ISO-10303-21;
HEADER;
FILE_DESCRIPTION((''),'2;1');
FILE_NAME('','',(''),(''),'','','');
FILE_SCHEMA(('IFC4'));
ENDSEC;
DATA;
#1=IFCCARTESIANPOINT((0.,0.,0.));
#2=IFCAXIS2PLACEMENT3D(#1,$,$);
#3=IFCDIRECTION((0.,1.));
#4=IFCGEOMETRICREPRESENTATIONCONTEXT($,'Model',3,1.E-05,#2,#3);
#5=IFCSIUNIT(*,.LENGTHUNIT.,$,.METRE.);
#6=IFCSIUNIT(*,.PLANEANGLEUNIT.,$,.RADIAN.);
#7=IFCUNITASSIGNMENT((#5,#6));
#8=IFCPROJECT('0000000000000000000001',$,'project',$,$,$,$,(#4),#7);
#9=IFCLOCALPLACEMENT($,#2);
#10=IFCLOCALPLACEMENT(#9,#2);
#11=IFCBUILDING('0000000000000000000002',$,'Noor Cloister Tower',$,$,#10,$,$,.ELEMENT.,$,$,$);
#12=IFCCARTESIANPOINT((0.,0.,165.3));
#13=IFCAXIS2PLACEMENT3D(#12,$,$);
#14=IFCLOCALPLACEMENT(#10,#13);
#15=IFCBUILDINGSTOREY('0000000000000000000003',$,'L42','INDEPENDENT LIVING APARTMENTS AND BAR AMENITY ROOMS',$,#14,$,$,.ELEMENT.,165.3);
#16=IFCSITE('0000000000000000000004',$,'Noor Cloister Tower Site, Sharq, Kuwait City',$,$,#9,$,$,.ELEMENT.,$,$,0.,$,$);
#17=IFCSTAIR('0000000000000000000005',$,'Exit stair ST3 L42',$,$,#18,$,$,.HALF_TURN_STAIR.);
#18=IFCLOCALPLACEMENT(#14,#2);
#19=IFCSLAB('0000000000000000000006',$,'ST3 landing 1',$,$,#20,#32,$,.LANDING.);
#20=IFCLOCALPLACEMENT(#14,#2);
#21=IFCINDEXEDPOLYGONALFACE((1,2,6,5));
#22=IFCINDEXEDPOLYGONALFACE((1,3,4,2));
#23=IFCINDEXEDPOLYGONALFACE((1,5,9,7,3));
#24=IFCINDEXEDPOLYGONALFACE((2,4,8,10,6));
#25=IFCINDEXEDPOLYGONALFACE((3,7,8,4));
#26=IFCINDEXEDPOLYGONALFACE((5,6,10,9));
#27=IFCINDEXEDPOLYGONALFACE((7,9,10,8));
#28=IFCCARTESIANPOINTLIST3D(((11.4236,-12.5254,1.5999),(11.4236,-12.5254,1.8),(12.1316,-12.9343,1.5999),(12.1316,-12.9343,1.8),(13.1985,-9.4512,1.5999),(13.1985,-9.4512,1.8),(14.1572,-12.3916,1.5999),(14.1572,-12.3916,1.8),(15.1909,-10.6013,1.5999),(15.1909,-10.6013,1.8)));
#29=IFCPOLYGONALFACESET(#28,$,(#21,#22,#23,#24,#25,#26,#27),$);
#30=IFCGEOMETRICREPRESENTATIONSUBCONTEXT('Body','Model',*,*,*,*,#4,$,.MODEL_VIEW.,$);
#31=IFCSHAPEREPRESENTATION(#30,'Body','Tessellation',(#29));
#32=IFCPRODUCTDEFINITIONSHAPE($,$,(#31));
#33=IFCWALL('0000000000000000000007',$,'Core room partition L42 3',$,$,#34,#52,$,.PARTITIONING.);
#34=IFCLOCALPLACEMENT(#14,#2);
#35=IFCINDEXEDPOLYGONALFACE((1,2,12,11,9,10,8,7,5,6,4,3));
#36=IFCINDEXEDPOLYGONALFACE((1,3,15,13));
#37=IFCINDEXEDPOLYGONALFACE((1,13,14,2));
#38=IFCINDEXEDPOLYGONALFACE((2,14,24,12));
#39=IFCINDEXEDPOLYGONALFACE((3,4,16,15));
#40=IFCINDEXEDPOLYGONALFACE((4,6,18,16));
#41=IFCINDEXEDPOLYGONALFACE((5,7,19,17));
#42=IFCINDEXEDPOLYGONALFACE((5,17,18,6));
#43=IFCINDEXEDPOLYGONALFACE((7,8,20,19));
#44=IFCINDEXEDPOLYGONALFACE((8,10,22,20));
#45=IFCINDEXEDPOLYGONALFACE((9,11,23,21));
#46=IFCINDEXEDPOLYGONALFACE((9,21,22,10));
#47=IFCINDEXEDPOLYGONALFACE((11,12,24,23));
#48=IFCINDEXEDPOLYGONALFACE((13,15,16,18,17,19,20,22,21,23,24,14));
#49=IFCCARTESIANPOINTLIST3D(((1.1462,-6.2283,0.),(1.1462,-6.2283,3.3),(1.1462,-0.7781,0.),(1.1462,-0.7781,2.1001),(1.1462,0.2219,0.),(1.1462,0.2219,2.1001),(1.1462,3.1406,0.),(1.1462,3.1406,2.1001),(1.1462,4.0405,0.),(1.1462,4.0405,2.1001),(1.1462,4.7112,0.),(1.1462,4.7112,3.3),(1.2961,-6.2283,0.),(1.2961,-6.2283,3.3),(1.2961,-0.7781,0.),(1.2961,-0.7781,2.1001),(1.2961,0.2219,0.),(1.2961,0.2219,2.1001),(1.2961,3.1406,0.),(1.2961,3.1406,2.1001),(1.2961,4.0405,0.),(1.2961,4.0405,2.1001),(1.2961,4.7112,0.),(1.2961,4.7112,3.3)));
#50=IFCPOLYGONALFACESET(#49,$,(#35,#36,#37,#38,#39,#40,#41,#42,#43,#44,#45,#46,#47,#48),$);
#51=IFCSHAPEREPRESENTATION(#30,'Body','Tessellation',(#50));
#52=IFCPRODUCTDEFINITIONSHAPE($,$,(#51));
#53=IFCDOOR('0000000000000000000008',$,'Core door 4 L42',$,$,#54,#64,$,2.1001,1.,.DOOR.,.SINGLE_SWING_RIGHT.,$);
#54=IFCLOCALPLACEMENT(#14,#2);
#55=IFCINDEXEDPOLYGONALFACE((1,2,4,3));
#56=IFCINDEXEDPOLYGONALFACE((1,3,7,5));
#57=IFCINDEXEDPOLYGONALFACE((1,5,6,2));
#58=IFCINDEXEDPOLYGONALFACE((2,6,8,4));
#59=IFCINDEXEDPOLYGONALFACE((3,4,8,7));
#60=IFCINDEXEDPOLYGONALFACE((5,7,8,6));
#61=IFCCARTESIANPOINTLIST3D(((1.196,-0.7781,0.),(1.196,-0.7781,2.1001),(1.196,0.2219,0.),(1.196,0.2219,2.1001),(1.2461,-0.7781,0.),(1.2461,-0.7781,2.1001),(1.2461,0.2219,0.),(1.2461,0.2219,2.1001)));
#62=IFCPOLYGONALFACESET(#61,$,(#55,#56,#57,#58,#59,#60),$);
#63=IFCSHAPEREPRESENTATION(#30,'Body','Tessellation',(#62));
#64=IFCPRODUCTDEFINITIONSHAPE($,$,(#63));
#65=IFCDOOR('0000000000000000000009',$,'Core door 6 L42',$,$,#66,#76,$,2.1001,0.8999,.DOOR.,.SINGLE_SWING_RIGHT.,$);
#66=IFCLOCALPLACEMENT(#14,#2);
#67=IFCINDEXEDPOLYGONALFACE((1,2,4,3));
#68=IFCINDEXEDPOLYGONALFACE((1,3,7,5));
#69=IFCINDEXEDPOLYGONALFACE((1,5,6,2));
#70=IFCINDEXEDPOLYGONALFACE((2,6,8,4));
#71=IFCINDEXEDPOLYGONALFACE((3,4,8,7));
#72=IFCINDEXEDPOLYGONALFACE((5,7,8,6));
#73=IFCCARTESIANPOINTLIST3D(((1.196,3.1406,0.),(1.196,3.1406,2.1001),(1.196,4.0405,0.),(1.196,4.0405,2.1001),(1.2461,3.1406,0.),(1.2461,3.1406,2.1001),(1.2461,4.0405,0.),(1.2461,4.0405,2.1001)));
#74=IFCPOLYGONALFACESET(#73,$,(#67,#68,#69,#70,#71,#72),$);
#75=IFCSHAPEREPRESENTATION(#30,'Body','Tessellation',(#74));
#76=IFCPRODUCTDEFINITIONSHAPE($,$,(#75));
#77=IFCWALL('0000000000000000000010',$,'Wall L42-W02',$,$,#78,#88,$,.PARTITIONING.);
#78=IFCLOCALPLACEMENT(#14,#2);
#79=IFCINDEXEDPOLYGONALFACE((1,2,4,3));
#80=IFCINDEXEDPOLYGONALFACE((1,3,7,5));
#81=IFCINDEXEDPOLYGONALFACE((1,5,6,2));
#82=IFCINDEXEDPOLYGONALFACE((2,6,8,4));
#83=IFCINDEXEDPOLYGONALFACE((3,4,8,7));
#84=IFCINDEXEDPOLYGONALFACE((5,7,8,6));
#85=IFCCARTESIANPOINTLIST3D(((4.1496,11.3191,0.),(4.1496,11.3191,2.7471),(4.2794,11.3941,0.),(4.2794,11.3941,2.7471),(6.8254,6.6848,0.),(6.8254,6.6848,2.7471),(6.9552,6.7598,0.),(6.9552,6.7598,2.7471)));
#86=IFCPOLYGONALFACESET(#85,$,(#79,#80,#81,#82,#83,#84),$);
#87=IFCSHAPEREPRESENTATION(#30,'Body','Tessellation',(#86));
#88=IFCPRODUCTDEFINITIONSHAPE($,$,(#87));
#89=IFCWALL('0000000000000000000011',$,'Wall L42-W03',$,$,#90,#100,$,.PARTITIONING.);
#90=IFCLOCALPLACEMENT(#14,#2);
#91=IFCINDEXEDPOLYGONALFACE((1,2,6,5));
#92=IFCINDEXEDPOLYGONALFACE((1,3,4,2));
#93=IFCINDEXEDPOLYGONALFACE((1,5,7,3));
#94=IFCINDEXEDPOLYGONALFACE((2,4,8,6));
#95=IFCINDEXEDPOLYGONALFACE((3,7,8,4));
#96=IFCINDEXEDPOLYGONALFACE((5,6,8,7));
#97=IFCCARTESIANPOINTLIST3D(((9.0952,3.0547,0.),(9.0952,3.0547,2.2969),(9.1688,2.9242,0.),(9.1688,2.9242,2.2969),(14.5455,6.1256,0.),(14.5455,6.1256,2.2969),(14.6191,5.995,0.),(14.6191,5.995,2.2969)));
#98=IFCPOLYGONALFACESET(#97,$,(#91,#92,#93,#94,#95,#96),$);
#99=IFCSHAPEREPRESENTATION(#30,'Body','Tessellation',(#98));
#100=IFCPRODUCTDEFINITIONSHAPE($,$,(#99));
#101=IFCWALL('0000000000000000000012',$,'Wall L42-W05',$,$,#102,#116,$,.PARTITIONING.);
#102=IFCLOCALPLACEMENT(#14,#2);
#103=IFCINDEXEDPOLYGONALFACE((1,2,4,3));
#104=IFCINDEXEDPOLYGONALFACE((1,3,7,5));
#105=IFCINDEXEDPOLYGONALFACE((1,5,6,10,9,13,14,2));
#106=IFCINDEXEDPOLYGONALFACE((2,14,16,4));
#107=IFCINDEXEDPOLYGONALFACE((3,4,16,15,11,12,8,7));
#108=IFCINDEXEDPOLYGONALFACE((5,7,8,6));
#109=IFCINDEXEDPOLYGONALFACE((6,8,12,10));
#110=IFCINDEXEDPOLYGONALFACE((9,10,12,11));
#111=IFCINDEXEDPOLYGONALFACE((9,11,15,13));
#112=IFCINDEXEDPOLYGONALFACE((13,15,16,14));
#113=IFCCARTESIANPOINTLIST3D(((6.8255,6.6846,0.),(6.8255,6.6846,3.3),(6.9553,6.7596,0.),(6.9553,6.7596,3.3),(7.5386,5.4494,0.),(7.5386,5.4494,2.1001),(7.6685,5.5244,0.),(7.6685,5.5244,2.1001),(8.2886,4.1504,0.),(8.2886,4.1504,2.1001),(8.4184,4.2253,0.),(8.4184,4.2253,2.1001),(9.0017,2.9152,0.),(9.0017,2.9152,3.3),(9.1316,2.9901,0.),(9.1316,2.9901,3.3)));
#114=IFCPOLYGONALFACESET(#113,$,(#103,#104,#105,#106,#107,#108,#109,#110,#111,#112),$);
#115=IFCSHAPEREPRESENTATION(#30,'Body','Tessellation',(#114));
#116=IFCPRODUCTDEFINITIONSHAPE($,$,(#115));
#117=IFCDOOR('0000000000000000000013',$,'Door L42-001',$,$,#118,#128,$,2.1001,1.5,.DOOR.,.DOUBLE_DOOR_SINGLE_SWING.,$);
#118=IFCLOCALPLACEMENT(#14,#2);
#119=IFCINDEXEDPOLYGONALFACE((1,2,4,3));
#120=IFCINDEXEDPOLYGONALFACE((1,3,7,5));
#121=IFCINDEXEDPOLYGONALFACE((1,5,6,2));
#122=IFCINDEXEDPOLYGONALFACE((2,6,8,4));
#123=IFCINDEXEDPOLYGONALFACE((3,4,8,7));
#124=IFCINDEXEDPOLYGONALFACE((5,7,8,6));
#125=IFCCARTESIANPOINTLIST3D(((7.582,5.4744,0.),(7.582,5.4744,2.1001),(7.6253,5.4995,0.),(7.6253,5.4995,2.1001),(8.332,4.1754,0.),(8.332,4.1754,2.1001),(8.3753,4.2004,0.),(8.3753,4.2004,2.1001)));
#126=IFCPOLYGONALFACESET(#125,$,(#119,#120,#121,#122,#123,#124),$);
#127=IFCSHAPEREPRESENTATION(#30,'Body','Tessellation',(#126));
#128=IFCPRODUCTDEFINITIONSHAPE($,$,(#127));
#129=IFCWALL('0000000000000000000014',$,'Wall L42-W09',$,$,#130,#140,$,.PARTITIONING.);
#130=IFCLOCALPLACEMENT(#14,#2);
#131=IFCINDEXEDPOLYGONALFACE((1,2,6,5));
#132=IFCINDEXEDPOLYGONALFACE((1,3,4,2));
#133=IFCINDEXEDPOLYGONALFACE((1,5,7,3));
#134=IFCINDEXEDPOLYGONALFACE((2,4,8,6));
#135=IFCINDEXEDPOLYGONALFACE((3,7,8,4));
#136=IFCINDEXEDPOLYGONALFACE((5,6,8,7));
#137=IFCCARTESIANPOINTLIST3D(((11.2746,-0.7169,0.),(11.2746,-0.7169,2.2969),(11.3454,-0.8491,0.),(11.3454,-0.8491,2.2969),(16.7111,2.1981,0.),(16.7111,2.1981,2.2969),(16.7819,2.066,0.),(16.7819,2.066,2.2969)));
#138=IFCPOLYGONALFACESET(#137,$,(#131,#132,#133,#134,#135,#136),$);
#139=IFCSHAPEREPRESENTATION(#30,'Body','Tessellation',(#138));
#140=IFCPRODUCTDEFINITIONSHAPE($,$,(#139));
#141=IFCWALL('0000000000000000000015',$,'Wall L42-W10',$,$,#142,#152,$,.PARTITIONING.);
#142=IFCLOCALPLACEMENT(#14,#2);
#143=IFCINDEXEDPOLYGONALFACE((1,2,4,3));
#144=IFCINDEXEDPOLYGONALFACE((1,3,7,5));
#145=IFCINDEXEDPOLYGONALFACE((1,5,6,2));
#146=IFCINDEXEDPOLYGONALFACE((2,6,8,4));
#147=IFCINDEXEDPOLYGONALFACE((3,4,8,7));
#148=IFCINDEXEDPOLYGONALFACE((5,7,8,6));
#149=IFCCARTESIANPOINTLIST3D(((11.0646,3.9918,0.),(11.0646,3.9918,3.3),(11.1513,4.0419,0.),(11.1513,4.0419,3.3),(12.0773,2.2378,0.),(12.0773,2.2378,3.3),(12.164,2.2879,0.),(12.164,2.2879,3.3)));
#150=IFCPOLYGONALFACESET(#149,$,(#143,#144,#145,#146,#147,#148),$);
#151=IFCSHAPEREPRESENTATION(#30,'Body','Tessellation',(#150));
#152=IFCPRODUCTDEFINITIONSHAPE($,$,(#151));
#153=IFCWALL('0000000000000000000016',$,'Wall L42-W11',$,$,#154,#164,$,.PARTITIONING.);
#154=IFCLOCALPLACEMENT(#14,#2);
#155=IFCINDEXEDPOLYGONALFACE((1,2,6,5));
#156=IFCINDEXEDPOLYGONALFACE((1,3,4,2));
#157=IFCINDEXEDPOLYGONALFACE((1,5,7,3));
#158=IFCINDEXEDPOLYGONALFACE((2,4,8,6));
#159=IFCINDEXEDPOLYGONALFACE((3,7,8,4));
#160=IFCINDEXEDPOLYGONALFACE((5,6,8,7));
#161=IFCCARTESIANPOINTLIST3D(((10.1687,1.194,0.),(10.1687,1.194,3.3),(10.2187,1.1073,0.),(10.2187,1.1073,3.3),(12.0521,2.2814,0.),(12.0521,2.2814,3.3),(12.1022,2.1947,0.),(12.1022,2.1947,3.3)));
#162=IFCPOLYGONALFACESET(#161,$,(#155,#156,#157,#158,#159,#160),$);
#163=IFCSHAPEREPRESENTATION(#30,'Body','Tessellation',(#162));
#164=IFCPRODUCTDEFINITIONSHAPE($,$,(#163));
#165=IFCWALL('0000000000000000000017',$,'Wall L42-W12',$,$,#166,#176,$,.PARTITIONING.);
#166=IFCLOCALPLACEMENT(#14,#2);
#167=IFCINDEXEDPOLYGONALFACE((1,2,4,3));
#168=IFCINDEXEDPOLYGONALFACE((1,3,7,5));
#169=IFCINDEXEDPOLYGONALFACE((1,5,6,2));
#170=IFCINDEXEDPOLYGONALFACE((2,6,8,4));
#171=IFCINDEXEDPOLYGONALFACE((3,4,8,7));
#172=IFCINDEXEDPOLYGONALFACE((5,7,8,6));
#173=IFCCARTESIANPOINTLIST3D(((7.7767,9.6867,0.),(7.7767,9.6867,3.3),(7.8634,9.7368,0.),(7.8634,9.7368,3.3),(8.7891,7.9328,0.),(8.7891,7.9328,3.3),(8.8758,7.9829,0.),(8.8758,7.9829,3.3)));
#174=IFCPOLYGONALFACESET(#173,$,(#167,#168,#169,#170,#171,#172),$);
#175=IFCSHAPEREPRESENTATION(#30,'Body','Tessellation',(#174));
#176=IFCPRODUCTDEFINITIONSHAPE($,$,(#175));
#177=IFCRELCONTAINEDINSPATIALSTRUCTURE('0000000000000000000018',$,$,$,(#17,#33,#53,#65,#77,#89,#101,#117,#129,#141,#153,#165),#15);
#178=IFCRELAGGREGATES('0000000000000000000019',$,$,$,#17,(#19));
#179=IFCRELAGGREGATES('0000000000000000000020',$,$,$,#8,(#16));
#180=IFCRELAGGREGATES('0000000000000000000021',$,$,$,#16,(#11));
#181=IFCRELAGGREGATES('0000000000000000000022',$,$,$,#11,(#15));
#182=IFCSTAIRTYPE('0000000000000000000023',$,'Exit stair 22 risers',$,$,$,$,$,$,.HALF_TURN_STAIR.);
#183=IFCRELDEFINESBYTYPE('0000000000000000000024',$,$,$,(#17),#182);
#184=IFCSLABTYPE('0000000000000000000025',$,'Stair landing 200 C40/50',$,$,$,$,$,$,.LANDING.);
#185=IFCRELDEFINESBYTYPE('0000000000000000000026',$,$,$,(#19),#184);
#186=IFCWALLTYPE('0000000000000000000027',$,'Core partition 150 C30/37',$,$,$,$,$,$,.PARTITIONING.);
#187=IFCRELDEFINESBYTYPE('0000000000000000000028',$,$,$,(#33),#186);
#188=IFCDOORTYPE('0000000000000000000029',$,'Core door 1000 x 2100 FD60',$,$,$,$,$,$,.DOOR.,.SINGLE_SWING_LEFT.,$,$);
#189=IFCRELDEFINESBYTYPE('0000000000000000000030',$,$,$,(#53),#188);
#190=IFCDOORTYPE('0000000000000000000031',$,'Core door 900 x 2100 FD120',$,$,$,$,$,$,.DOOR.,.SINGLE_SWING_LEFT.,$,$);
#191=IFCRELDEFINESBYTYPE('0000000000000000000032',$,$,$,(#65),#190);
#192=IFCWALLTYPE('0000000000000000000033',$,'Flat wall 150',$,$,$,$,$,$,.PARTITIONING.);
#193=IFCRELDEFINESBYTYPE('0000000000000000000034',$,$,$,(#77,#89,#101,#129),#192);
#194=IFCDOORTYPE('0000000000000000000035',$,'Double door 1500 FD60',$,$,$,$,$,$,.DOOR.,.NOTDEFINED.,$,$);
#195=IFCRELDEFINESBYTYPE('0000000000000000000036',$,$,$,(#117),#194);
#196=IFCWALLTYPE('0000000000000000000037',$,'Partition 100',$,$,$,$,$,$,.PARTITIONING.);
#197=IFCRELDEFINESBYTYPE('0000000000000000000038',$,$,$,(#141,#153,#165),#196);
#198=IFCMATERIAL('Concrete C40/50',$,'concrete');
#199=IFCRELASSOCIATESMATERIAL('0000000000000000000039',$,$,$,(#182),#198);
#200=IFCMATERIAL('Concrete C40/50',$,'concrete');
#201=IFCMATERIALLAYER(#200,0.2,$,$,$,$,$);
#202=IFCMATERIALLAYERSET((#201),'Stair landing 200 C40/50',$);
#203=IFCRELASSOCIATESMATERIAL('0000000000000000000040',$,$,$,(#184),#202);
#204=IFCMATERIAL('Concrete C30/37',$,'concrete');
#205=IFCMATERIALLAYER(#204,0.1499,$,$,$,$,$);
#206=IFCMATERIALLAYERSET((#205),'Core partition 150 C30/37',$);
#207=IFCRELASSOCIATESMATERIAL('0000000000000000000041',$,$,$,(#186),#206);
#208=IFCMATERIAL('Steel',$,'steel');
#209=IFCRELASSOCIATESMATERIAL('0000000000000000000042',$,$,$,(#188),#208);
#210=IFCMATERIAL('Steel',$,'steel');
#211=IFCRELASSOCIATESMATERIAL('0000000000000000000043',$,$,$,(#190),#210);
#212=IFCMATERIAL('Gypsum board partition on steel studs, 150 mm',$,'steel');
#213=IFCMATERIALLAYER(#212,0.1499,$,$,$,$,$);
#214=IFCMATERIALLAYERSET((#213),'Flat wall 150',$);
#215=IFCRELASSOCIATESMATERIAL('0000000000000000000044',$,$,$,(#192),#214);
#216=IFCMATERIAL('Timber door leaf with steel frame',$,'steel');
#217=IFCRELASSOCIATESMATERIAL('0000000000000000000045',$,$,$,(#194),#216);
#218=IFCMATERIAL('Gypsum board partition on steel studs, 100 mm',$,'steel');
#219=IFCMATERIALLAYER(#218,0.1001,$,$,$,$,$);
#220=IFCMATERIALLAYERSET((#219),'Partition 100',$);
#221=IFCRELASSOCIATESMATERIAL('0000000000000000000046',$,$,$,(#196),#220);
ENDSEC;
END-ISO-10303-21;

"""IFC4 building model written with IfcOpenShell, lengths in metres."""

from ifc_helpers import new_model, si_unit, direction, frame, frame_2d, origin, place, context, subcontext, project, spatial, polyline, rectangle, outline, extrude, material, layer, layer_set, type_object, element, fill, aggregate, save


model = new_model("IFC4")

# Units and contexts
model_context = context("Model", 3, precision=1e-05, world=origin(), true_north=direction((0.0, 1.0)))
body_context = subcontext(model_context, "Body", "Model", "MODEL_VIEW")
ifc_project = project(units=[si_unit("LENGTHUNIT", "METRE"), si_unit("PLANEANGLEUNIT", "RADIAN")], contexts=[model_context])

# Site, building, storey
site_placement = place(None, origin())
site = spatial("IfcSite", under=ifc_project, at=site_placement, Name="Noor Cloister Tower Site, Sharq, Kuwait City", CompositionType="ELEMENT", RefElevation=0.0)
building_placement = place(site_placement, origin())
building = spatial("IfcBuilding", under=site, at=building_placement, Name="Noor Cloister Tower", CompositionType="ELEMENT")
storey_placement = place(building_placement, frame((0.0, 0.0, 165.3)))
storey = spatial("IfcBuildingStorey", under=building, at=storey_placement, Name="L42", Description="INDEPENDENT LIVING APARTMENTS AND BAR AMENITY ROOMS", CompositionType="ELEMENT", Elevation=165.3)

# Stair, slab
ifc_material_1 = material(Name="Concrete C40/50", Category="concrete")
stair_type = type_object("IfcStairType", Name="Exit stair 22 risers", PredefinedType="HALF_TURN_STAIR", material=ifc_material_1)
stair_placement = place(storey_placement, origin())
stair = element("IfcStair", 1, at=stair_placement, inside=storey, type_object=stair_type, Name="Exit stair ST3 L42", PredefinedType="HALF_TURN_STAIR")
ifc_material_2 = material(Name="Concrete C40/50", Category="concrete")
ifc_layer_1 = layer(ifc_material_2, 0.2)
ifc_layer_set_1 = layer_set([ifc_layer_1], Name="Stair landing 200 C40/50")
slab_type = type_object("IfcSlabType", Name="Stair landing 200 C40/50", PredefinedType="LANDING", material=ifc_layer_set_1)
slab_placement = place(storey_placement, frame((0.0, 0.0, 1.5999)))
slab = element("IfcSlab", 2, at=slab_placement, type_object=slab_type, Name="ST3 landing 1", PredefinedType="LANDING", context=body_context, shape_type="SweptSolid", body=[
    extrude(outline(polyline([(11.4236, -12.5254), (12.1316, -12.9343), (14.1572, -12.3916), (15.1909, -10.6013), (13.1985, -9.4512), (11.4236, -12.5254)])), origin(), (0.0, 0.0, 1.0), 0.2002),
])
aggregate(stair, [slab])

# Wall, openings, doors
ifc_material_3 = material(Name="Concrete C30/37", Category="concrete")
ifc_layer_2 = layer(ifc_material_3, 0.1499)
ifc_layer_set_2 = layer_set([ifc_layer_2], Name="Core partition 150 C30/37")
wall_type_1 = type_object("IfcWallType", Name="Core partition 150 C30/37", PredefinedType="PARTITIONING", material=ifc_layer_set_2)
wall_1_placement = place(storey_placement, frame((1.2212, 4.7112, 0.0), z_axis=(0.0, 0.0, 1.0), x_axis=(0.0, -1.0, 0.0)))
wall_1 = element("IfcWall", 3, at=wall_1_placement, inside=storey, type_object=wall_type_1, Name="Core room partition L42 3", PredefinedType="PARTITIONING", context=body_context, shape_type="SweptSolid", body=[
    extrude(rectangle(XDim=10.9395, YDim=0.1499, at=frame_2d((5.4697, 0.0))), origin(), (0.0, 0.0, 1.0), 3.3),
])
opening_1_placement = place(wall_1_placement, frame((4.4893, 0.0, 0.0)))
opening_1 = element("IfcOpeningElement", 4, at=opening_1_placement, cuts=wall_1, PredefinedType="OPENING", context=body_context, shape_type="SweptSolid", body=[
    extrude(rectangle(XDim=1.0, YDim=2.1001, at=frame_2d((0.5, 1.05))), frame((0.0, 0.085, 0.0), z_axis=(0.0, -1.0, 0.0), x_axis=(1.0, 0.0, 0.0)), (0.0, 0.0, 1.0), 0.1699),
])
opening_2_placement = place(wall_1_placement, frame((0.6707, 0.0, 0.0)))
opening_2 = element("IfcOpeningElement", 5, at=opening_2_placement, cuts=wall_1, PredefinedType="OPENING", context=body_context, shape_type="SweptSolid", body=[
    extrude(rectangle(XDim=0.8999, YDim=2.1001, at=frame_2d((0.45, 1.05))), frame((0.0, 0.085, 0.0), z_axis=(0.0, -1.0, 0.0), x_axis=(1.0, 0.0, 0.0)), (0.0, 0.0, 1.0), 0.1699),
])
ifc_material_4 = material(Name="Steel", Category="steel")
door_type_1 = type_object("IfcDoorType", Name="Core door 1000 x 2100 FD60", OperationType="SINGLE_SWING_LEFT", PredefinedType="DOOR", material=ifc_material_4)
door_1_placement = place(opening_1_placement, origin())
door_1 = element("IfcDoor", 6, at=door_1_placement, inside=storey, type_object=door_type_1, Name="Core door 4 L42", OperationType="SINGLE_SWING_RIGHT", OverallHeight=2.1001, OverallWidth=1.0, PredefinedType="DOOR", context=body_context, shape_type="SweptSolid", body=[
    extrude(rectangle(XDim=1.0, YDim=2.1001, at=frame_2d((0.5, 1.05))), frame((0.0, 0.0249, 0.0), z_axis=(0.0, -1.0, 0.0), x_axis=(1.0, 0.0, 0.0)), (0.0, 0.0, 1.0), 0.05),
])
fill(opening_1, door_1)
ifc_material_5 = material(Name="Steel", Category="steel")
door_type_2 = type_object("IfcDoorType", Name="Core door 900 x 2100 FD120", OperationType="SINGLE_SWING_LEFT", PredefinedType="DOOR", material=ifc_material_5)
door_2_placement = place(opening_2_placement, origin())
door_2 = element("IfcDoor", 7, at=door_2_placement, inside=storey, type_object=door_type_2, Name="Core door 6 L42", OperationType="SINGLE_SWING_RIGHT", OverallHeight=2.1001, OverallWidth=0.8999, PredefinedType="DOOR", context=body_context, shape_type="SweptSolid", body=[
    extrude(rectangle(XDim=0.8999, YDim=2.1001, at=frame_2d((0.45, 1.05))), frame((0.0, 0.0249, 0.0), z_axis=(0.0, -1.0, 0.0), x_axis=(1.0, 0.0, 0.0)), (0.0, 0.0, 1.0), 0.05),
])
fill(opening_2, door_2)

# Walls
ifc_material_6 = material(Name="Gypsum board partition on steel studs, 150 mm", Category="steel")
ifc_layer_3 = layer(ifc_material_6, 0.1499)
ifc_layer_set_3 = layer_set([ifc_layer_3], Name="Flat wall 150")
wall_type_2 = type_object("IfcWallType", Name="Flat wall 150", PredefinedType="PARTITIONING", material=ifc_layer_set_3)
wall_2_placement = place(storey_placement, frame((6.8904, 6.7222, 0.0), z_axis=(0.0, 0.0, 1.0), x_axis=(-0.500025, 0.866011, 0.0)))
element("IfcWall", 8, at=wall_2_placement, inside=storey, type_object=wall_type_2, Name="Wall L42-W02", PredefinedType="PARTITIONING", context=body_context, shape_type="SweptSolid", body=[
    extrude(rectangle(XDim=5.3513, YDim=0.1499, at=frame_2d((2.6758, 0.0))), origin(), (0.0, 0.0, 1.0), 2.7471),
])
wall_3_placement = place(storey_placement, frame((14.5823, 6.0603, 0.0), z_axis=(0.0, 0.0, 1.0), x_axis=(-0.871229, -0.490876, 0.0)))
element("IfcWall", 9, at=wall_3_placement, inside=storey, type_object=wall_type_2, Name="Wall L42-W03", PredefinedType="PARTITIONING", context=body_context, shape_type="SweptSolid", body=[
    extrude(rectangle(XDim=6.2559, YDim=0.1499, at=frame_2d((3.1279, 0.0))), origin(), (0.0, 0.0, 1.0), 2.2969),
])

# Wall, opening, door
wall_4_placement = place(storey_placement, frame((9.0667, 2.9526, 0.0), z_axis=(0.0, 0.0, 1.0), x_axis=(-0.499988, 0.866032, 0.0)))
wall_4 = element("IfcWall", 10, at=wall_4_placement, inside=storey, type_object=wall_type_2, Name="Wall L42-W05", PredefinedType="PARTITIONING", context=body_context, shape_type="SweptSolid", body=[
    extrude(rectangle(XDim=4.3525, YDim=0.1499, at=frame_2d((2.1763, 0.0))), origin(), (0.0, 0.0, 1.0), 3.3),
])
opening_3_placement = place(wall_4_placement, frame((1.4263, 0.0, 0.0)))
opening_3 = element("IfcOpeningElement", 11, at=opening_3_placement, cuts=wall_4, PredefinedType="OPENING", context=body_context, shape_type="SweptSolid", body=[
    extrude(rectangle(XDim=1.5, YDim=2.1001, at=frame_2d((0.75, 1.05))), frame((0.0, 0.085, 0.0), z_axis=(0.0, -1.0, 0.0), x_axis=(1.0, 0.0, 0.0)), (0.0, 0.0, 1.0), 0.1699),
])
ifc_material_7 = material(Name="Timber door leaf with steel frame", Category="steel")
door_type_3 = type_object("IfcDoorType", Name="Double door 1500 FD60", OperationType="NOTDEFINED", PredefinedType="DOOR", material=ifc_material_7)
door_3_placement = place(opening_3_placement, origin())
door_3 = element("IfcDoor", 12, at=door_3_placement, inside=storey, type_object=door_type_3, Name="Door L42-001", OperationType="DOUBLE_DOOR_SINGLE_SWING", OverallHeight=2.1001, OverallWidth=1.5, PredefinedType="DOOR", context=body_context, shape_type="SweptSolid", body=[
    extrude(rectangle(XDim=1.5, YDim=2.1001, at=frame_2d((0.75, 1.05))), frame((0.0, 0.0249, 0.0), z_axis=(0.0, -1.0, 0.0), x_axis=(1.0, 0.0, 0.0)), (0.0, 0.0, 1.0), 0.05),
])
fill(opening_3, door_3)

# Walls
wall_5_placement = place(storey_placement, frame((16.7466, 2.1321, 0.0), z_axis=(0.0, 0.0, 1.0), x_axis=(-0.881303, -0.472551, 0.0)))
element("IfcWall", 13, at=wall_5_placement, inside=storey, type_object=wall_type_2, Name="Wall L42-W09", PredefinedType="PARTITIONING", context=body_context, shape_type="SweptSolid", body=[
    extrude(rectangle(XDim=6.1687, YDim=0.1499, at=frame_2d((3.0845, 0.0))), origin(), (0.0, 0.0, 1.0), 2.2969),
])
ifc_material_8 = material(Name="Gypsum board partition on steel studs, 100 mm", Category="steel")
ifc_layer_4 = layer(ifc_material_8, 0.1001)
ifc_layer_set_4 = layer_set([ifc_layer_4], Name="Partition 100")
wall_type_3 = type_object("IfcWallType", Name="Partition 100", PredefinedType="PARTITIONING", material=ifc_layer_set_4)
wall_6_placement = place(storey_placement, frame((11.1079, 4.0168, 0.0), z_axis=(0.0, 0.0, 1.0), x_axis=(0.500029, -0.866009, 0.0)))
element("IfcWall", 14, at=wall_6_placement, inside=storey, type_object=wall_type_3, Name="Wall L42-W10", PredefinedType="PARTITIONING", context=body_context, shape_type="SweptSolid", body=[
    extrude(rectangle(XDim=2.0254, YDim=0.1001, at=frame_2d((1.0127, 0.0))), origin(), (0.0, 0.0, 1.0), 3.3),
])
wall_7_placement = place(storey_placement, frame((12.0771, 2.238, 0.0), z_axis=(0.0, 0.0, 1.0), x_axis=(-0.866038, -0.499978, 0.0)))
element("IfcWall", 15, at=wall_7_placement, inside=storey, type_object=wall_type_3, Name="Wall L42-W11", PredefinedType="PARTITIONING", context=body_context, shape_type="SweptSolid", body=[
    extrude(rectangle(XDim=2.1748, YDim=0.1001, at=frame_2d((1.0874, 0.0))), origin(), (0.0, 0.0, 1.0), 3.3),
])
wall_8_placement = place(storey_placement, frame((8.8325, 7.9578, 0.0), z_axis=(0.0, 0.0, 1.0), x_axis=(-0.499938, 0.866061, 0.0)))
element("IfcWall", 16, at=wall_8_placement, inside=storey, type_object=wall_type_3, Name="Wall L42-W12", PredefinedType="PARTITIONING", context=body_context, shape_type="SweptSolid", body=[
    extrude(rectangle(XDim=2.0251, YDim=0.1001, at=frame_2d((1.0127, 0.0))), origin(), (0.0, 0.0, 1.0), 3.3),
])

save(model, "model.ifc")
